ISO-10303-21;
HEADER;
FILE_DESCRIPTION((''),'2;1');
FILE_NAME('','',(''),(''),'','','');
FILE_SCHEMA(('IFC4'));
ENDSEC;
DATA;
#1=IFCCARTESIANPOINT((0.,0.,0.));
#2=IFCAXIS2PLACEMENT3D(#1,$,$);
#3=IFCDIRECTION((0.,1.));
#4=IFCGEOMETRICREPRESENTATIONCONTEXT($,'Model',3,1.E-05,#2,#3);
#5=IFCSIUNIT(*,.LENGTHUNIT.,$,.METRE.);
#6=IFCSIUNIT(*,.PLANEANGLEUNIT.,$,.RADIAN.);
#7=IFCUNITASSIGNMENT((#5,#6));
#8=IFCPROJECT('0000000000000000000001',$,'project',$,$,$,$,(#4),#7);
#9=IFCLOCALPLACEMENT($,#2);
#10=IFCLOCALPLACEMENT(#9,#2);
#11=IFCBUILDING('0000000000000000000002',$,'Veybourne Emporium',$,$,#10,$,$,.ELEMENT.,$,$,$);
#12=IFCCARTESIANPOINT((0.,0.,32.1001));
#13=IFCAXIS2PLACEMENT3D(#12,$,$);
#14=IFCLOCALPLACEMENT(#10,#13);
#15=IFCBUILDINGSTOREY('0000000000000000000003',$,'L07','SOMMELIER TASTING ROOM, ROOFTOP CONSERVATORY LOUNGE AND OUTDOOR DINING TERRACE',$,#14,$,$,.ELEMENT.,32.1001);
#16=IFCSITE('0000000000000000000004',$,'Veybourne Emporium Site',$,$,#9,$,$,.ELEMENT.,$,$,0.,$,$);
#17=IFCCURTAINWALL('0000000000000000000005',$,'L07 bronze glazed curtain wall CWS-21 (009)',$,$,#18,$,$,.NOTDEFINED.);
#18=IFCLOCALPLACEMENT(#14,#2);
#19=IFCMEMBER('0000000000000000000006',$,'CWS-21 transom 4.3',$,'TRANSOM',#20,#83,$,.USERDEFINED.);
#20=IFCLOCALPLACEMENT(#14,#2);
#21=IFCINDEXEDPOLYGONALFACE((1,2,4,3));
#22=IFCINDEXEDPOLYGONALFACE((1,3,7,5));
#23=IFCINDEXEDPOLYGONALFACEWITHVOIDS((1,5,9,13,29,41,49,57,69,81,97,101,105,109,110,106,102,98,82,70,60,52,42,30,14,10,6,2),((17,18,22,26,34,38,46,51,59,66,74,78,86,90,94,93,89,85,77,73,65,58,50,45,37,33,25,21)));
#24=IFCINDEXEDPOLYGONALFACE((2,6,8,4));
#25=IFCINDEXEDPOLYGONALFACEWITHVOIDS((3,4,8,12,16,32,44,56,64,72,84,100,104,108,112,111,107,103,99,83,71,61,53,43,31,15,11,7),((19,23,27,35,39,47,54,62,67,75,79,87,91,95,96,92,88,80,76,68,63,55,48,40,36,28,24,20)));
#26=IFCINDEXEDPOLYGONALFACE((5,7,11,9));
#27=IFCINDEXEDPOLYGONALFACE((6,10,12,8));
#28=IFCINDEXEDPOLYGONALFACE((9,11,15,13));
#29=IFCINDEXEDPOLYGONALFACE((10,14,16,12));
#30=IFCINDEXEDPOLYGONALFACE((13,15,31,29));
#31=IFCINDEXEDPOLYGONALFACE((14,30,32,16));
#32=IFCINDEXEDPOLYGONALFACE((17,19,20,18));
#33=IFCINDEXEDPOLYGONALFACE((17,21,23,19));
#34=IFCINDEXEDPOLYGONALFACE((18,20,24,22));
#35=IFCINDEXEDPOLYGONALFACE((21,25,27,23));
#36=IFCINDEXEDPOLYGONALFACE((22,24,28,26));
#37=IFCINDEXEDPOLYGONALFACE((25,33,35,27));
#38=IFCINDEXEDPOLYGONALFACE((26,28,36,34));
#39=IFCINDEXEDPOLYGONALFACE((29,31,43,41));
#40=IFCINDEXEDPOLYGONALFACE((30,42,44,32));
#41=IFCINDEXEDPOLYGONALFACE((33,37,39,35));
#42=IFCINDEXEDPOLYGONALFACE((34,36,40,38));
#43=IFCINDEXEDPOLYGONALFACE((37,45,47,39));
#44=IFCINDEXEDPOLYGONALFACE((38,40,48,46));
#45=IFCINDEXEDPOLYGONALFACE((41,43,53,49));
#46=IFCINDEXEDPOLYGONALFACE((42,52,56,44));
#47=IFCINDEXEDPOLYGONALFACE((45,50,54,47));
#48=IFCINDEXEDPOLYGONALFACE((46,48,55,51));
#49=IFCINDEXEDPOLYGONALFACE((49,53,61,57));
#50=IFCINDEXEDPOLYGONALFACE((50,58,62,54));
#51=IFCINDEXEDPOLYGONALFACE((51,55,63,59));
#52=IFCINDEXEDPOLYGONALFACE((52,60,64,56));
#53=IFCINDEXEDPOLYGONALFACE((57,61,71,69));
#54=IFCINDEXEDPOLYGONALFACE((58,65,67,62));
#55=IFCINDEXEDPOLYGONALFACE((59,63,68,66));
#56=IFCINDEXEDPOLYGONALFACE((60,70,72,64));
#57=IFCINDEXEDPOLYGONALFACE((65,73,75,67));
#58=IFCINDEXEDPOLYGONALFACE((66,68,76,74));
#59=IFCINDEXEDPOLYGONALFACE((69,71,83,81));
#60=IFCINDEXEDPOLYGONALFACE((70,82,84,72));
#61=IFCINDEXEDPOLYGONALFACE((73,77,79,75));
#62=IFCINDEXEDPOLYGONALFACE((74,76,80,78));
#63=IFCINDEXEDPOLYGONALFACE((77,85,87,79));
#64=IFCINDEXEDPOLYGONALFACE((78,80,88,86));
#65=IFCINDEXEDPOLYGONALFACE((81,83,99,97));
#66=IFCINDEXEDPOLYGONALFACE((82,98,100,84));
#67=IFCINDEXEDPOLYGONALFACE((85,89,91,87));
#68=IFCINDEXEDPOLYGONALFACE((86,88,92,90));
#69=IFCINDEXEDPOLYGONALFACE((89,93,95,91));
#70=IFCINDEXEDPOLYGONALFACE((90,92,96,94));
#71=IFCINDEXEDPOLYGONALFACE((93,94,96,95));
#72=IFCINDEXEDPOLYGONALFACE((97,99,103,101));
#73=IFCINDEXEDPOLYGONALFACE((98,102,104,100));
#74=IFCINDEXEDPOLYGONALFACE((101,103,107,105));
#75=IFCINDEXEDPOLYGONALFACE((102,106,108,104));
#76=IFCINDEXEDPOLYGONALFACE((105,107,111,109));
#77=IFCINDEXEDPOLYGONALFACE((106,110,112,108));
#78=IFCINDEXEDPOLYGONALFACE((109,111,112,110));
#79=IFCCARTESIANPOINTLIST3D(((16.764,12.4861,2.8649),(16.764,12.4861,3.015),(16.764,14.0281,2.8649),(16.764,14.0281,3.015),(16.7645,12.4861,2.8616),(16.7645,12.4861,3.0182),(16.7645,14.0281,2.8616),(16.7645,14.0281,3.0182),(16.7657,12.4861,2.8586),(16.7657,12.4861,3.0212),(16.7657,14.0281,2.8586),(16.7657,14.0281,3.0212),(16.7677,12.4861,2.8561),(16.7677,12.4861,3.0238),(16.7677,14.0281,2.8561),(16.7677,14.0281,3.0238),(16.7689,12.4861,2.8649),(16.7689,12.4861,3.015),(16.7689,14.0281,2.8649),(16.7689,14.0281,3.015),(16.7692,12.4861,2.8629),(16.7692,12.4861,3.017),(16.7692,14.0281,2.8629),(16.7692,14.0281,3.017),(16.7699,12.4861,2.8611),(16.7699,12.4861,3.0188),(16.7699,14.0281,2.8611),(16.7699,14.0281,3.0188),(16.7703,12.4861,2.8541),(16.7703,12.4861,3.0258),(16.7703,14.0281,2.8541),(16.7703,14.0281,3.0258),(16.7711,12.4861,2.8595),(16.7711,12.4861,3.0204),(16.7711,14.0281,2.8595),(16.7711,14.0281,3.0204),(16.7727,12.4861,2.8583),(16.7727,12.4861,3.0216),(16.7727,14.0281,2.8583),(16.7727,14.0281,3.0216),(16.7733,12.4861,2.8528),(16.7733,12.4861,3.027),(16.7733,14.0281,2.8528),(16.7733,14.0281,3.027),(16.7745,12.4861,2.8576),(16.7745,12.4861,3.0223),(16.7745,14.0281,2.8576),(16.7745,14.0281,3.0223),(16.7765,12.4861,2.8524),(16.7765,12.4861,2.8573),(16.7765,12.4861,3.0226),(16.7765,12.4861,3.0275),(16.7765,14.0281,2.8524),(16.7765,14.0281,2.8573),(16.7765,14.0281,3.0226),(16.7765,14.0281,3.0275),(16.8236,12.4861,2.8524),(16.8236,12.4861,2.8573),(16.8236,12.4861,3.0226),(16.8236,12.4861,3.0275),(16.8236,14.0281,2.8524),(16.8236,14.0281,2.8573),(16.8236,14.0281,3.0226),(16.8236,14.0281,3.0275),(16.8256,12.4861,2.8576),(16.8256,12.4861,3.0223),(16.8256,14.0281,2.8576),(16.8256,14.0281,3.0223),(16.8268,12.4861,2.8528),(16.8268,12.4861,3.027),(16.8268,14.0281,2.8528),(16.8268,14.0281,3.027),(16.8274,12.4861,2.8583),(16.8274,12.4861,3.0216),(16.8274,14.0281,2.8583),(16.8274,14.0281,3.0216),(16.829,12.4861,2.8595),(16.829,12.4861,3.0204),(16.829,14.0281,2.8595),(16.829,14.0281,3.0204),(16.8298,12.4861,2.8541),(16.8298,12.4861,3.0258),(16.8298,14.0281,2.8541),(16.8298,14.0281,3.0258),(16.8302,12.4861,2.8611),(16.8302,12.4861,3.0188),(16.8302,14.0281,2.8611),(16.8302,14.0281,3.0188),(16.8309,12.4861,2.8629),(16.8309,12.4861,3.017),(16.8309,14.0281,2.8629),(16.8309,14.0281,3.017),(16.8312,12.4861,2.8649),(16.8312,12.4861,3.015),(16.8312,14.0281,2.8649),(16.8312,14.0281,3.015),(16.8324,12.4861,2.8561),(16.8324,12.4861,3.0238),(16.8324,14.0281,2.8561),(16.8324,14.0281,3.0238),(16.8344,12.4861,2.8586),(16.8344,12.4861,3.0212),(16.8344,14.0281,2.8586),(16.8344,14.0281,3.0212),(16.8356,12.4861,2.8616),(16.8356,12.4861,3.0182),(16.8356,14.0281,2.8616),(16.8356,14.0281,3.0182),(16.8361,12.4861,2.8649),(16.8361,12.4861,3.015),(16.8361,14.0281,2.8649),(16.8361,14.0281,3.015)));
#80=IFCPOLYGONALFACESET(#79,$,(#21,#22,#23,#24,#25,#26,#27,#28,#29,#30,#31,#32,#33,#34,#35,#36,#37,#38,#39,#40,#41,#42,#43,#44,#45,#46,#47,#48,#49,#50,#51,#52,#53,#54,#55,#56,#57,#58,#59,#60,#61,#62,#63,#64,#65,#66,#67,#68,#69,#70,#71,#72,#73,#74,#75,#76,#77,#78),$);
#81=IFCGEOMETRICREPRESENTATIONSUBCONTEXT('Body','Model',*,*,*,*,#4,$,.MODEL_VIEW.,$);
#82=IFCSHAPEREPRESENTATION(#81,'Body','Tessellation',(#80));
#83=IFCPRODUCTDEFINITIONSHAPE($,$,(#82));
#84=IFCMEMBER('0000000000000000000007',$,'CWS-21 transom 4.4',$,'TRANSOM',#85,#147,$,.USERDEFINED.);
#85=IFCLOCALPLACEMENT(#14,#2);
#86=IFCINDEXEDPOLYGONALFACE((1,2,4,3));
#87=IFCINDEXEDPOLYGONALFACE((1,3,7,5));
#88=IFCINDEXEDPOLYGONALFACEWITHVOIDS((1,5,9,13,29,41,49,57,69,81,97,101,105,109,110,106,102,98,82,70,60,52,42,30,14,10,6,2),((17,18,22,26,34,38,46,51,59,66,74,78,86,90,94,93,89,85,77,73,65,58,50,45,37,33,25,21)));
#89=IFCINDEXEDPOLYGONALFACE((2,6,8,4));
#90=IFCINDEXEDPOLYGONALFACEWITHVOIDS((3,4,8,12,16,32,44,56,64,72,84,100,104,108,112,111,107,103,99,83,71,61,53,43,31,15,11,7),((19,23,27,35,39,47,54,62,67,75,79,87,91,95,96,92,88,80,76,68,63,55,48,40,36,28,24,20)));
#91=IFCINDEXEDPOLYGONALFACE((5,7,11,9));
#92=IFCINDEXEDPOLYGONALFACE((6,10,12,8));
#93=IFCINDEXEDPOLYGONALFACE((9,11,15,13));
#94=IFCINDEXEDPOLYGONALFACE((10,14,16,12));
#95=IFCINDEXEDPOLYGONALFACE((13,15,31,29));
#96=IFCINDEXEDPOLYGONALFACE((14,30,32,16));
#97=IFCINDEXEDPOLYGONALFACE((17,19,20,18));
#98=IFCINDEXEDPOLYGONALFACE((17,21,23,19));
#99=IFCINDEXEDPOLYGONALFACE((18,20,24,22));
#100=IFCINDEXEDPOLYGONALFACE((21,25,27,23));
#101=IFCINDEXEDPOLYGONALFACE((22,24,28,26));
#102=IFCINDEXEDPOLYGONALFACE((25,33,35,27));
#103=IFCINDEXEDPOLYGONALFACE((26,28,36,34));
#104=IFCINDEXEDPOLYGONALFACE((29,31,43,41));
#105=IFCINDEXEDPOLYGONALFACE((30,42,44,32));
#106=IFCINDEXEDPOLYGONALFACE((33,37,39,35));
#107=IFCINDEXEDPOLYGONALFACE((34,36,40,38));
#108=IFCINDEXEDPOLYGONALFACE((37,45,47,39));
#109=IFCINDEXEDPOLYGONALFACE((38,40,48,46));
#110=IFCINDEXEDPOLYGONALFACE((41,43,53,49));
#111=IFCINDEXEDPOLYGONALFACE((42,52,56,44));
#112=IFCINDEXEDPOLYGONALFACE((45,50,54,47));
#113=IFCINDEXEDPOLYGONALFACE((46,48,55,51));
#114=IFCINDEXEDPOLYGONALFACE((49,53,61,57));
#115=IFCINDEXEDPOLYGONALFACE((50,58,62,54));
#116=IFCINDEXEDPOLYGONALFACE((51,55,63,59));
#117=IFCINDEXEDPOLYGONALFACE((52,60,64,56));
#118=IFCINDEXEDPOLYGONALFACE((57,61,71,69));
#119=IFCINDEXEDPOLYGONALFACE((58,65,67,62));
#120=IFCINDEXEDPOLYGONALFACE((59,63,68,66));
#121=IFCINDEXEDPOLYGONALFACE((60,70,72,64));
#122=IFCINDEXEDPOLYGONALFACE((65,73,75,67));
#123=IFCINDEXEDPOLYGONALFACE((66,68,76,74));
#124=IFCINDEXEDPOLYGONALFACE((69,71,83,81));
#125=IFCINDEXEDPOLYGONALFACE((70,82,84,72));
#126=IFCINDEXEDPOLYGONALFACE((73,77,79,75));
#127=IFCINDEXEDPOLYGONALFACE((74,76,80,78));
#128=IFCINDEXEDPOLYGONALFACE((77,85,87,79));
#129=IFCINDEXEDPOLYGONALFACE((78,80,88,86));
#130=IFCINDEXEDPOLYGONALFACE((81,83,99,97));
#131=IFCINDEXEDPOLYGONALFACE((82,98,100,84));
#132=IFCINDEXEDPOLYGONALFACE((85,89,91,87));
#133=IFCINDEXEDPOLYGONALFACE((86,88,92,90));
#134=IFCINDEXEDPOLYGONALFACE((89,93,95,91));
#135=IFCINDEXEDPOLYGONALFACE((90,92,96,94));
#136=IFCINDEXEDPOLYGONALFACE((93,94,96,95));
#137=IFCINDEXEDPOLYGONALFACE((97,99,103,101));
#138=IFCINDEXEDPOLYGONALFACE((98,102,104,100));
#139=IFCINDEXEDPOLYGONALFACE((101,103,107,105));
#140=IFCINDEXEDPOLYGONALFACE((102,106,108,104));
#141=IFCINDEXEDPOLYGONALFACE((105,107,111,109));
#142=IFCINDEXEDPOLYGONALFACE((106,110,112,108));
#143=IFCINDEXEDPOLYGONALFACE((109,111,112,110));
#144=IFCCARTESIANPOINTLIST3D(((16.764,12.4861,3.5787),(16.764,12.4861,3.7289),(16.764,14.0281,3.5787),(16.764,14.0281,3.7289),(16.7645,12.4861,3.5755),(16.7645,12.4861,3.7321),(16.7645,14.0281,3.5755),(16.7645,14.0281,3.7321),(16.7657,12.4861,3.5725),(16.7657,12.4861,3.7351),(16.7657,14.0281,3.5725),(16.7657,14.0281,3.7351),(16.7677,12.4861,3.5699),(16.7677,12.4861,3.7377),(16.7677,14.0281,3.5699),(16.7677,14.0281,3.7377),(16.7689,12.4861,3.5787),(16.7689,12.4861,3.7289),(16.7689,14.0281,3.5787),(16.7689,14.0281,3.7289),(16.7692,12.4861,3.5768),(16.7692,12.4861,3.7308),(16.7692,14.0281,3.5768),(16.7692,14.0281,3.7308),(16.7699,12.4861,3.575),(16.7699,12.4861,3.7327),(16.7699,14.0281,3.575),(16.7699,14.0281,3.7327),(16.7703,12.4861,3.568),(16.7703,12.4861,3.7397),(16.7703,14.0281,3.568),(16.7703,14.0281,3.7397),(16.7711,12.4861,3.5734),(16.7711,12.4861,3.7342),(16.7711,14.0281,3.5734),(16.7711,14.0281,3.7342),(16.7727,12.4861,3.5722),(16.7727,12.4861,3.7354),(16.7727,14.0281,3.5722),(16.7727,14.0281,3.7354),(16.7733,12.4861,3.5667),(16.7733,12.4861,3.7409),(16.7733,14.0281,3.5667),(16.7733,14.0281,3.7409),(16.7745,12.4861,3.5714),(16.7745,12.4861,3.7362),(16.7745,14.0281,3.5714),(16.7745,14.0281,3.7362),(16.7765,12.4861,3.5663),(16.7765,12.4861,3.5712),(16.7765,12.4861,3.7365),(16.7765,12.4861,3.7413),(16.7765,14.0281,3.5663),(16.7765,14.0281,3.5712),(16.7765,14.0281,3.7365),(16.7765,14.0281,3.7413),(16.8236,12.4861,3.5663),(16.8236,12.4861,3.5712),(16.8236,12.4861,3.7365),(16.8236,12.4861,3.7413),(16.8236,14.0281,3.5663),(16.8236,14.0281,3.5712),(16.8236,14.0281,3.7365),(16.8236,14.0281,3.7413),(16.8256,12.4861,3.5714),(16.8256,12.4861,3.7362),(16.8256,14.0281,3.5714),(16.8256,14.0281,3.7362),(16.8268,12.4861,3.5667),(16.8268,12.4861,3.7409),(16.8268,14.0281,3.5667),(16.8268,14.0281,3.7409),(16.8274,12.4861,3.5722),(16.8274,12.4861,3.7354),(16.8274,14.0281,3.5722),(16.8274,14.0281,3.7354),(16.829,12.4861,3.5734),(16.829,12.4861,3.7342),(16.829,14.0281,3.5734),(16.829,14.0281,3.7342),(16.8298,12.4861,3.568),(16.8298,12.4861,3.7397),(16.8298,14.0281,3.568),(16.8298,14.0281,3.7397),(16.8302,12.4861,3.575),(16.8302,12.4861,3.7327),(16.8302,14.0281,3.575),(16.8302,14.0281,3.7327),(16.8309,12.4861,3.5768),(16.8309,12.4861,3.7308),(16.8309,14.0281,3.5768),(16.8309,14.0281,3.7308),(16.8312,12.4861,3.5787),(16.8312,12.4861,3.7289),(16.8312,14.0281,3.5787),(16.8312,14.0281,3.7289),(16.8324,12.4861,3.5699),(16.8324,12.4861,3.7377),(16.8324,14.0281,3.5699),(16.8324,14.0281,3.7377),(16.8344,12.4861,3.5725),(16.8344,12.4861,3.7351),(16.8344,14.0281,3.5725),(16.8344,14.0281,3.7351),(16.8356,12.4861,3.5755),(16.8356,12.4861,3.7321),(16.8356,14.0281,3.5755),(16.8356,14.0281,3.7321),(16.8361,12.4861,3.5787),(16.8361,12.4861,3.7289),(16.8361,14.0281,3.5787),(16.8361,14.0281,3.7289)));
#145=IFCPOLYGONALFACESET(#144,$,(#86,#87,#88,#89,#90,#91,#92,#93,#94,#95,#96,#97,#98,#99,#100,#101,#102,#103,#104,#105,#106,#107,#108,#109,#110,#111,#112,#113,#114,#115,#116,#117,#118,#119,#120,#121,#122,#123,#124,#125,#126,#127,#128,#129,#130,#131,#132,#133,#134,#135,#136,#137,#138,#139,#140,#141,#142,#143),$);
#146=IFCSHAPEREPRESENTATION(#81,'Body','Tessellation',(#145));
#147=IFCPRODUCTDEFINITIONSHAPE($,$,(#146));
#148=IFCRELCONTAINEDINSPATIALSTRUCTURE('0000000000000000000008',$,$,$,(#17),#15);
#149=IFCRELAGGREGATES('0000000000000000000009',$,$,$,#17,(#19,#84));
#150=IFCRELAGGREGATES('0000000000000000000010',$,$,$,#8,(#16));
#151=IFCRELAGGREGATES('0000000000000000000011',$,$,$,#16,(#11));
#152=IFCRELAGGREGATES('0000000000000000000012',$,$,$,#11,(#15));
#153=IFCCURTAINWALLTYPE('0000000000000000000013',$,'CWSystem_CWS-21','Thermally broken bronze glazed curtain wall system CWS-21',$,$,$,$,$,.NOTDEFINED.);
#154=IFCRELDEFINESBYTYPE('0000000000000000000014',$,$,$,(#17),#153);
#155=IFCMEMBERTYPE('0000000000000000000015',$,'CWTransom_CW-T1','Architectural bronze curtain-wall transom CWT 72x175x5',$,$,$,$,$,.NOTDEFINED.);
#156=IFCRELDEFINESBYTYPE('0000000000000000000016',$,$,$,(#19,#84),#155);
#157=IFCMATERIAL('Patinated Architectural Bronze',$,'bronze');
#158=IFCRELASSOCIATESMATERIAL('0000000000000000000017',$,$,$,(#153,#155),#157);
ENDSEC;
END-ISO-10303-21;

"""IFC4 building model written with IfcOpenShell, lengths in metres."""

from ifc_helpers import new_model, si_unit, direction, frame, origin, origin_2d, place, context, subcontext, project, spatial, hollow_rectangle, extrude, material, material_profile, profile_set, type_object, element, aggregate, save


model = new_model("IFC4")

# Units and contexts
model_context = context("Model", 3, precision=1e-05, world=origin(), true_north=direction((0.0, 1.0)))
body_context = subcontext(model_context, "Body", "Model", "MODEL_VIEW")
ifc_project = project(units=[si_unit("LENGTHUNIT", "METRE"), si_unit("PLANEANGLEUNIT", "RADIAN")], contexts=[model_context])

# Site, building, storey
site_placement = place(None, origin())
site = spatial("IfcSite", under=ifc_project, at=site_placement, Name="Veybourne Emporium Site", CompositionType="ELEMENT", RefElevation=0.0)
building_placement = place(site_placement, origin())
building = spatial("IfcBuilding", under=site, at=building_placement, Name="Veybourne Emporium", CompositionType="ELEMENT")
storey_placement = place(building_placement, frame((0.0, 0.0, 32.1001)))
storey = spatial("IfcBuildingStorey", under=building, at=storey_placement, Name="L07", Description="SOMMELIER TASTING ROOM, ROOFTOP CONSERVATORY LOUNGE AND OUTDOOR DINING TERRACE", CompositionType="ELEMENT", Elevation=32.1001)

# Curtain wall
ifc_material_1 = material(Name="Patinated Architectural Bronze", Category="bronze")
curtain_wall_type_1 = type_object("IfcCurtainWallType", Name="CWSystem_CWS-21", Description="Thermally broken bronze glazed curtain wall system CWS-21", PredefinedType="NOTDEFINED", material=ifc_material_1)
curtain_wall_1_placement = place(storey_placement, origin())
curtain_wall_1 = element("IfcCurtainWall", 1, at=curtain_wall_1_placement, inside=storey, type_object=curtain_wall_type_1, Name="L07 bronze glazed curtain wall CWS-21 (009)", PredefinedType="NOTDEFINED")

# Members
ifc_material_profile_1 = material_profile(ifc_material_1, hollow_rectangle(XDim=0.072, YDim=0.175, WallThickness=0.0049, InnerFilletRadius=0.0076, OuterFilletRadius=0.0125, at=origin_2d()), Name="CWT 72x175x5")
ifc_profile_set_1 = profile_set([ifc_material_profile_1], Name="Patinated Architectural Bronze")
member_type_1 = type_object("IfcMemberType", Name="CWTransom_CW-T1", Description="Architectural bronze curtain-wall transom CWT 72x175x5", PredefinedType="NOTDEFINED", material=ifc_profile_set_1)
member_1_placement = place(storey_placement, frame((16.8, 12.4861, 2.9399), z_axis=(0.0, 1.0, 0.0), x_axis=(-1.0, 0.0, 0.0)))
member_1 = element("IfcMember", 2, at=member_1_placement, type_object=member_type_1, Name="CWS-21 transom 4.3", ObjectType="TRANSOM", PredefinedType="USERDEFINED", context=body_context, shape_type="SweptSolid", body=[
    extrude(hollow_rectangle(XDim=0.072, YDim=0.175, WallThickness=0.0049, InnerFilletRadius=0.0076, OuterFilletRadius=0.0125, at=origin_2d()), origin(), (0.0, 0.0, 1.0), 1.542),
])
member_2_placement = place(storey_placement, frame((16.8, 12.4861, 3.6538), z_axis=(0.0, 1.0, 0.0), x_axis=(-1.0, 0.0, 0.0)))
member_2 = element("IfcMember", 3, at=member_2_placement, type_object=member_type_1, Name="CWS-21 transom 4.4", ObjectType="TRANSOM", PredefinedType="USERDEFINED", context=body_context, shape_type="SweptSolid", body=[
    extrude(hollow_rectangle(XDim=0.072, YDim=0.175, WallThickness=0.0049, InnerFilletRadius=0.0076, OuterFilletRadius=0.0125, at=origin_2d()), origin(), (0.0, 0.0, 1.0), 1.542),
])

aggregate(curtain_wall_1, [member_1, member_2])

save(model, "model.ifc")
